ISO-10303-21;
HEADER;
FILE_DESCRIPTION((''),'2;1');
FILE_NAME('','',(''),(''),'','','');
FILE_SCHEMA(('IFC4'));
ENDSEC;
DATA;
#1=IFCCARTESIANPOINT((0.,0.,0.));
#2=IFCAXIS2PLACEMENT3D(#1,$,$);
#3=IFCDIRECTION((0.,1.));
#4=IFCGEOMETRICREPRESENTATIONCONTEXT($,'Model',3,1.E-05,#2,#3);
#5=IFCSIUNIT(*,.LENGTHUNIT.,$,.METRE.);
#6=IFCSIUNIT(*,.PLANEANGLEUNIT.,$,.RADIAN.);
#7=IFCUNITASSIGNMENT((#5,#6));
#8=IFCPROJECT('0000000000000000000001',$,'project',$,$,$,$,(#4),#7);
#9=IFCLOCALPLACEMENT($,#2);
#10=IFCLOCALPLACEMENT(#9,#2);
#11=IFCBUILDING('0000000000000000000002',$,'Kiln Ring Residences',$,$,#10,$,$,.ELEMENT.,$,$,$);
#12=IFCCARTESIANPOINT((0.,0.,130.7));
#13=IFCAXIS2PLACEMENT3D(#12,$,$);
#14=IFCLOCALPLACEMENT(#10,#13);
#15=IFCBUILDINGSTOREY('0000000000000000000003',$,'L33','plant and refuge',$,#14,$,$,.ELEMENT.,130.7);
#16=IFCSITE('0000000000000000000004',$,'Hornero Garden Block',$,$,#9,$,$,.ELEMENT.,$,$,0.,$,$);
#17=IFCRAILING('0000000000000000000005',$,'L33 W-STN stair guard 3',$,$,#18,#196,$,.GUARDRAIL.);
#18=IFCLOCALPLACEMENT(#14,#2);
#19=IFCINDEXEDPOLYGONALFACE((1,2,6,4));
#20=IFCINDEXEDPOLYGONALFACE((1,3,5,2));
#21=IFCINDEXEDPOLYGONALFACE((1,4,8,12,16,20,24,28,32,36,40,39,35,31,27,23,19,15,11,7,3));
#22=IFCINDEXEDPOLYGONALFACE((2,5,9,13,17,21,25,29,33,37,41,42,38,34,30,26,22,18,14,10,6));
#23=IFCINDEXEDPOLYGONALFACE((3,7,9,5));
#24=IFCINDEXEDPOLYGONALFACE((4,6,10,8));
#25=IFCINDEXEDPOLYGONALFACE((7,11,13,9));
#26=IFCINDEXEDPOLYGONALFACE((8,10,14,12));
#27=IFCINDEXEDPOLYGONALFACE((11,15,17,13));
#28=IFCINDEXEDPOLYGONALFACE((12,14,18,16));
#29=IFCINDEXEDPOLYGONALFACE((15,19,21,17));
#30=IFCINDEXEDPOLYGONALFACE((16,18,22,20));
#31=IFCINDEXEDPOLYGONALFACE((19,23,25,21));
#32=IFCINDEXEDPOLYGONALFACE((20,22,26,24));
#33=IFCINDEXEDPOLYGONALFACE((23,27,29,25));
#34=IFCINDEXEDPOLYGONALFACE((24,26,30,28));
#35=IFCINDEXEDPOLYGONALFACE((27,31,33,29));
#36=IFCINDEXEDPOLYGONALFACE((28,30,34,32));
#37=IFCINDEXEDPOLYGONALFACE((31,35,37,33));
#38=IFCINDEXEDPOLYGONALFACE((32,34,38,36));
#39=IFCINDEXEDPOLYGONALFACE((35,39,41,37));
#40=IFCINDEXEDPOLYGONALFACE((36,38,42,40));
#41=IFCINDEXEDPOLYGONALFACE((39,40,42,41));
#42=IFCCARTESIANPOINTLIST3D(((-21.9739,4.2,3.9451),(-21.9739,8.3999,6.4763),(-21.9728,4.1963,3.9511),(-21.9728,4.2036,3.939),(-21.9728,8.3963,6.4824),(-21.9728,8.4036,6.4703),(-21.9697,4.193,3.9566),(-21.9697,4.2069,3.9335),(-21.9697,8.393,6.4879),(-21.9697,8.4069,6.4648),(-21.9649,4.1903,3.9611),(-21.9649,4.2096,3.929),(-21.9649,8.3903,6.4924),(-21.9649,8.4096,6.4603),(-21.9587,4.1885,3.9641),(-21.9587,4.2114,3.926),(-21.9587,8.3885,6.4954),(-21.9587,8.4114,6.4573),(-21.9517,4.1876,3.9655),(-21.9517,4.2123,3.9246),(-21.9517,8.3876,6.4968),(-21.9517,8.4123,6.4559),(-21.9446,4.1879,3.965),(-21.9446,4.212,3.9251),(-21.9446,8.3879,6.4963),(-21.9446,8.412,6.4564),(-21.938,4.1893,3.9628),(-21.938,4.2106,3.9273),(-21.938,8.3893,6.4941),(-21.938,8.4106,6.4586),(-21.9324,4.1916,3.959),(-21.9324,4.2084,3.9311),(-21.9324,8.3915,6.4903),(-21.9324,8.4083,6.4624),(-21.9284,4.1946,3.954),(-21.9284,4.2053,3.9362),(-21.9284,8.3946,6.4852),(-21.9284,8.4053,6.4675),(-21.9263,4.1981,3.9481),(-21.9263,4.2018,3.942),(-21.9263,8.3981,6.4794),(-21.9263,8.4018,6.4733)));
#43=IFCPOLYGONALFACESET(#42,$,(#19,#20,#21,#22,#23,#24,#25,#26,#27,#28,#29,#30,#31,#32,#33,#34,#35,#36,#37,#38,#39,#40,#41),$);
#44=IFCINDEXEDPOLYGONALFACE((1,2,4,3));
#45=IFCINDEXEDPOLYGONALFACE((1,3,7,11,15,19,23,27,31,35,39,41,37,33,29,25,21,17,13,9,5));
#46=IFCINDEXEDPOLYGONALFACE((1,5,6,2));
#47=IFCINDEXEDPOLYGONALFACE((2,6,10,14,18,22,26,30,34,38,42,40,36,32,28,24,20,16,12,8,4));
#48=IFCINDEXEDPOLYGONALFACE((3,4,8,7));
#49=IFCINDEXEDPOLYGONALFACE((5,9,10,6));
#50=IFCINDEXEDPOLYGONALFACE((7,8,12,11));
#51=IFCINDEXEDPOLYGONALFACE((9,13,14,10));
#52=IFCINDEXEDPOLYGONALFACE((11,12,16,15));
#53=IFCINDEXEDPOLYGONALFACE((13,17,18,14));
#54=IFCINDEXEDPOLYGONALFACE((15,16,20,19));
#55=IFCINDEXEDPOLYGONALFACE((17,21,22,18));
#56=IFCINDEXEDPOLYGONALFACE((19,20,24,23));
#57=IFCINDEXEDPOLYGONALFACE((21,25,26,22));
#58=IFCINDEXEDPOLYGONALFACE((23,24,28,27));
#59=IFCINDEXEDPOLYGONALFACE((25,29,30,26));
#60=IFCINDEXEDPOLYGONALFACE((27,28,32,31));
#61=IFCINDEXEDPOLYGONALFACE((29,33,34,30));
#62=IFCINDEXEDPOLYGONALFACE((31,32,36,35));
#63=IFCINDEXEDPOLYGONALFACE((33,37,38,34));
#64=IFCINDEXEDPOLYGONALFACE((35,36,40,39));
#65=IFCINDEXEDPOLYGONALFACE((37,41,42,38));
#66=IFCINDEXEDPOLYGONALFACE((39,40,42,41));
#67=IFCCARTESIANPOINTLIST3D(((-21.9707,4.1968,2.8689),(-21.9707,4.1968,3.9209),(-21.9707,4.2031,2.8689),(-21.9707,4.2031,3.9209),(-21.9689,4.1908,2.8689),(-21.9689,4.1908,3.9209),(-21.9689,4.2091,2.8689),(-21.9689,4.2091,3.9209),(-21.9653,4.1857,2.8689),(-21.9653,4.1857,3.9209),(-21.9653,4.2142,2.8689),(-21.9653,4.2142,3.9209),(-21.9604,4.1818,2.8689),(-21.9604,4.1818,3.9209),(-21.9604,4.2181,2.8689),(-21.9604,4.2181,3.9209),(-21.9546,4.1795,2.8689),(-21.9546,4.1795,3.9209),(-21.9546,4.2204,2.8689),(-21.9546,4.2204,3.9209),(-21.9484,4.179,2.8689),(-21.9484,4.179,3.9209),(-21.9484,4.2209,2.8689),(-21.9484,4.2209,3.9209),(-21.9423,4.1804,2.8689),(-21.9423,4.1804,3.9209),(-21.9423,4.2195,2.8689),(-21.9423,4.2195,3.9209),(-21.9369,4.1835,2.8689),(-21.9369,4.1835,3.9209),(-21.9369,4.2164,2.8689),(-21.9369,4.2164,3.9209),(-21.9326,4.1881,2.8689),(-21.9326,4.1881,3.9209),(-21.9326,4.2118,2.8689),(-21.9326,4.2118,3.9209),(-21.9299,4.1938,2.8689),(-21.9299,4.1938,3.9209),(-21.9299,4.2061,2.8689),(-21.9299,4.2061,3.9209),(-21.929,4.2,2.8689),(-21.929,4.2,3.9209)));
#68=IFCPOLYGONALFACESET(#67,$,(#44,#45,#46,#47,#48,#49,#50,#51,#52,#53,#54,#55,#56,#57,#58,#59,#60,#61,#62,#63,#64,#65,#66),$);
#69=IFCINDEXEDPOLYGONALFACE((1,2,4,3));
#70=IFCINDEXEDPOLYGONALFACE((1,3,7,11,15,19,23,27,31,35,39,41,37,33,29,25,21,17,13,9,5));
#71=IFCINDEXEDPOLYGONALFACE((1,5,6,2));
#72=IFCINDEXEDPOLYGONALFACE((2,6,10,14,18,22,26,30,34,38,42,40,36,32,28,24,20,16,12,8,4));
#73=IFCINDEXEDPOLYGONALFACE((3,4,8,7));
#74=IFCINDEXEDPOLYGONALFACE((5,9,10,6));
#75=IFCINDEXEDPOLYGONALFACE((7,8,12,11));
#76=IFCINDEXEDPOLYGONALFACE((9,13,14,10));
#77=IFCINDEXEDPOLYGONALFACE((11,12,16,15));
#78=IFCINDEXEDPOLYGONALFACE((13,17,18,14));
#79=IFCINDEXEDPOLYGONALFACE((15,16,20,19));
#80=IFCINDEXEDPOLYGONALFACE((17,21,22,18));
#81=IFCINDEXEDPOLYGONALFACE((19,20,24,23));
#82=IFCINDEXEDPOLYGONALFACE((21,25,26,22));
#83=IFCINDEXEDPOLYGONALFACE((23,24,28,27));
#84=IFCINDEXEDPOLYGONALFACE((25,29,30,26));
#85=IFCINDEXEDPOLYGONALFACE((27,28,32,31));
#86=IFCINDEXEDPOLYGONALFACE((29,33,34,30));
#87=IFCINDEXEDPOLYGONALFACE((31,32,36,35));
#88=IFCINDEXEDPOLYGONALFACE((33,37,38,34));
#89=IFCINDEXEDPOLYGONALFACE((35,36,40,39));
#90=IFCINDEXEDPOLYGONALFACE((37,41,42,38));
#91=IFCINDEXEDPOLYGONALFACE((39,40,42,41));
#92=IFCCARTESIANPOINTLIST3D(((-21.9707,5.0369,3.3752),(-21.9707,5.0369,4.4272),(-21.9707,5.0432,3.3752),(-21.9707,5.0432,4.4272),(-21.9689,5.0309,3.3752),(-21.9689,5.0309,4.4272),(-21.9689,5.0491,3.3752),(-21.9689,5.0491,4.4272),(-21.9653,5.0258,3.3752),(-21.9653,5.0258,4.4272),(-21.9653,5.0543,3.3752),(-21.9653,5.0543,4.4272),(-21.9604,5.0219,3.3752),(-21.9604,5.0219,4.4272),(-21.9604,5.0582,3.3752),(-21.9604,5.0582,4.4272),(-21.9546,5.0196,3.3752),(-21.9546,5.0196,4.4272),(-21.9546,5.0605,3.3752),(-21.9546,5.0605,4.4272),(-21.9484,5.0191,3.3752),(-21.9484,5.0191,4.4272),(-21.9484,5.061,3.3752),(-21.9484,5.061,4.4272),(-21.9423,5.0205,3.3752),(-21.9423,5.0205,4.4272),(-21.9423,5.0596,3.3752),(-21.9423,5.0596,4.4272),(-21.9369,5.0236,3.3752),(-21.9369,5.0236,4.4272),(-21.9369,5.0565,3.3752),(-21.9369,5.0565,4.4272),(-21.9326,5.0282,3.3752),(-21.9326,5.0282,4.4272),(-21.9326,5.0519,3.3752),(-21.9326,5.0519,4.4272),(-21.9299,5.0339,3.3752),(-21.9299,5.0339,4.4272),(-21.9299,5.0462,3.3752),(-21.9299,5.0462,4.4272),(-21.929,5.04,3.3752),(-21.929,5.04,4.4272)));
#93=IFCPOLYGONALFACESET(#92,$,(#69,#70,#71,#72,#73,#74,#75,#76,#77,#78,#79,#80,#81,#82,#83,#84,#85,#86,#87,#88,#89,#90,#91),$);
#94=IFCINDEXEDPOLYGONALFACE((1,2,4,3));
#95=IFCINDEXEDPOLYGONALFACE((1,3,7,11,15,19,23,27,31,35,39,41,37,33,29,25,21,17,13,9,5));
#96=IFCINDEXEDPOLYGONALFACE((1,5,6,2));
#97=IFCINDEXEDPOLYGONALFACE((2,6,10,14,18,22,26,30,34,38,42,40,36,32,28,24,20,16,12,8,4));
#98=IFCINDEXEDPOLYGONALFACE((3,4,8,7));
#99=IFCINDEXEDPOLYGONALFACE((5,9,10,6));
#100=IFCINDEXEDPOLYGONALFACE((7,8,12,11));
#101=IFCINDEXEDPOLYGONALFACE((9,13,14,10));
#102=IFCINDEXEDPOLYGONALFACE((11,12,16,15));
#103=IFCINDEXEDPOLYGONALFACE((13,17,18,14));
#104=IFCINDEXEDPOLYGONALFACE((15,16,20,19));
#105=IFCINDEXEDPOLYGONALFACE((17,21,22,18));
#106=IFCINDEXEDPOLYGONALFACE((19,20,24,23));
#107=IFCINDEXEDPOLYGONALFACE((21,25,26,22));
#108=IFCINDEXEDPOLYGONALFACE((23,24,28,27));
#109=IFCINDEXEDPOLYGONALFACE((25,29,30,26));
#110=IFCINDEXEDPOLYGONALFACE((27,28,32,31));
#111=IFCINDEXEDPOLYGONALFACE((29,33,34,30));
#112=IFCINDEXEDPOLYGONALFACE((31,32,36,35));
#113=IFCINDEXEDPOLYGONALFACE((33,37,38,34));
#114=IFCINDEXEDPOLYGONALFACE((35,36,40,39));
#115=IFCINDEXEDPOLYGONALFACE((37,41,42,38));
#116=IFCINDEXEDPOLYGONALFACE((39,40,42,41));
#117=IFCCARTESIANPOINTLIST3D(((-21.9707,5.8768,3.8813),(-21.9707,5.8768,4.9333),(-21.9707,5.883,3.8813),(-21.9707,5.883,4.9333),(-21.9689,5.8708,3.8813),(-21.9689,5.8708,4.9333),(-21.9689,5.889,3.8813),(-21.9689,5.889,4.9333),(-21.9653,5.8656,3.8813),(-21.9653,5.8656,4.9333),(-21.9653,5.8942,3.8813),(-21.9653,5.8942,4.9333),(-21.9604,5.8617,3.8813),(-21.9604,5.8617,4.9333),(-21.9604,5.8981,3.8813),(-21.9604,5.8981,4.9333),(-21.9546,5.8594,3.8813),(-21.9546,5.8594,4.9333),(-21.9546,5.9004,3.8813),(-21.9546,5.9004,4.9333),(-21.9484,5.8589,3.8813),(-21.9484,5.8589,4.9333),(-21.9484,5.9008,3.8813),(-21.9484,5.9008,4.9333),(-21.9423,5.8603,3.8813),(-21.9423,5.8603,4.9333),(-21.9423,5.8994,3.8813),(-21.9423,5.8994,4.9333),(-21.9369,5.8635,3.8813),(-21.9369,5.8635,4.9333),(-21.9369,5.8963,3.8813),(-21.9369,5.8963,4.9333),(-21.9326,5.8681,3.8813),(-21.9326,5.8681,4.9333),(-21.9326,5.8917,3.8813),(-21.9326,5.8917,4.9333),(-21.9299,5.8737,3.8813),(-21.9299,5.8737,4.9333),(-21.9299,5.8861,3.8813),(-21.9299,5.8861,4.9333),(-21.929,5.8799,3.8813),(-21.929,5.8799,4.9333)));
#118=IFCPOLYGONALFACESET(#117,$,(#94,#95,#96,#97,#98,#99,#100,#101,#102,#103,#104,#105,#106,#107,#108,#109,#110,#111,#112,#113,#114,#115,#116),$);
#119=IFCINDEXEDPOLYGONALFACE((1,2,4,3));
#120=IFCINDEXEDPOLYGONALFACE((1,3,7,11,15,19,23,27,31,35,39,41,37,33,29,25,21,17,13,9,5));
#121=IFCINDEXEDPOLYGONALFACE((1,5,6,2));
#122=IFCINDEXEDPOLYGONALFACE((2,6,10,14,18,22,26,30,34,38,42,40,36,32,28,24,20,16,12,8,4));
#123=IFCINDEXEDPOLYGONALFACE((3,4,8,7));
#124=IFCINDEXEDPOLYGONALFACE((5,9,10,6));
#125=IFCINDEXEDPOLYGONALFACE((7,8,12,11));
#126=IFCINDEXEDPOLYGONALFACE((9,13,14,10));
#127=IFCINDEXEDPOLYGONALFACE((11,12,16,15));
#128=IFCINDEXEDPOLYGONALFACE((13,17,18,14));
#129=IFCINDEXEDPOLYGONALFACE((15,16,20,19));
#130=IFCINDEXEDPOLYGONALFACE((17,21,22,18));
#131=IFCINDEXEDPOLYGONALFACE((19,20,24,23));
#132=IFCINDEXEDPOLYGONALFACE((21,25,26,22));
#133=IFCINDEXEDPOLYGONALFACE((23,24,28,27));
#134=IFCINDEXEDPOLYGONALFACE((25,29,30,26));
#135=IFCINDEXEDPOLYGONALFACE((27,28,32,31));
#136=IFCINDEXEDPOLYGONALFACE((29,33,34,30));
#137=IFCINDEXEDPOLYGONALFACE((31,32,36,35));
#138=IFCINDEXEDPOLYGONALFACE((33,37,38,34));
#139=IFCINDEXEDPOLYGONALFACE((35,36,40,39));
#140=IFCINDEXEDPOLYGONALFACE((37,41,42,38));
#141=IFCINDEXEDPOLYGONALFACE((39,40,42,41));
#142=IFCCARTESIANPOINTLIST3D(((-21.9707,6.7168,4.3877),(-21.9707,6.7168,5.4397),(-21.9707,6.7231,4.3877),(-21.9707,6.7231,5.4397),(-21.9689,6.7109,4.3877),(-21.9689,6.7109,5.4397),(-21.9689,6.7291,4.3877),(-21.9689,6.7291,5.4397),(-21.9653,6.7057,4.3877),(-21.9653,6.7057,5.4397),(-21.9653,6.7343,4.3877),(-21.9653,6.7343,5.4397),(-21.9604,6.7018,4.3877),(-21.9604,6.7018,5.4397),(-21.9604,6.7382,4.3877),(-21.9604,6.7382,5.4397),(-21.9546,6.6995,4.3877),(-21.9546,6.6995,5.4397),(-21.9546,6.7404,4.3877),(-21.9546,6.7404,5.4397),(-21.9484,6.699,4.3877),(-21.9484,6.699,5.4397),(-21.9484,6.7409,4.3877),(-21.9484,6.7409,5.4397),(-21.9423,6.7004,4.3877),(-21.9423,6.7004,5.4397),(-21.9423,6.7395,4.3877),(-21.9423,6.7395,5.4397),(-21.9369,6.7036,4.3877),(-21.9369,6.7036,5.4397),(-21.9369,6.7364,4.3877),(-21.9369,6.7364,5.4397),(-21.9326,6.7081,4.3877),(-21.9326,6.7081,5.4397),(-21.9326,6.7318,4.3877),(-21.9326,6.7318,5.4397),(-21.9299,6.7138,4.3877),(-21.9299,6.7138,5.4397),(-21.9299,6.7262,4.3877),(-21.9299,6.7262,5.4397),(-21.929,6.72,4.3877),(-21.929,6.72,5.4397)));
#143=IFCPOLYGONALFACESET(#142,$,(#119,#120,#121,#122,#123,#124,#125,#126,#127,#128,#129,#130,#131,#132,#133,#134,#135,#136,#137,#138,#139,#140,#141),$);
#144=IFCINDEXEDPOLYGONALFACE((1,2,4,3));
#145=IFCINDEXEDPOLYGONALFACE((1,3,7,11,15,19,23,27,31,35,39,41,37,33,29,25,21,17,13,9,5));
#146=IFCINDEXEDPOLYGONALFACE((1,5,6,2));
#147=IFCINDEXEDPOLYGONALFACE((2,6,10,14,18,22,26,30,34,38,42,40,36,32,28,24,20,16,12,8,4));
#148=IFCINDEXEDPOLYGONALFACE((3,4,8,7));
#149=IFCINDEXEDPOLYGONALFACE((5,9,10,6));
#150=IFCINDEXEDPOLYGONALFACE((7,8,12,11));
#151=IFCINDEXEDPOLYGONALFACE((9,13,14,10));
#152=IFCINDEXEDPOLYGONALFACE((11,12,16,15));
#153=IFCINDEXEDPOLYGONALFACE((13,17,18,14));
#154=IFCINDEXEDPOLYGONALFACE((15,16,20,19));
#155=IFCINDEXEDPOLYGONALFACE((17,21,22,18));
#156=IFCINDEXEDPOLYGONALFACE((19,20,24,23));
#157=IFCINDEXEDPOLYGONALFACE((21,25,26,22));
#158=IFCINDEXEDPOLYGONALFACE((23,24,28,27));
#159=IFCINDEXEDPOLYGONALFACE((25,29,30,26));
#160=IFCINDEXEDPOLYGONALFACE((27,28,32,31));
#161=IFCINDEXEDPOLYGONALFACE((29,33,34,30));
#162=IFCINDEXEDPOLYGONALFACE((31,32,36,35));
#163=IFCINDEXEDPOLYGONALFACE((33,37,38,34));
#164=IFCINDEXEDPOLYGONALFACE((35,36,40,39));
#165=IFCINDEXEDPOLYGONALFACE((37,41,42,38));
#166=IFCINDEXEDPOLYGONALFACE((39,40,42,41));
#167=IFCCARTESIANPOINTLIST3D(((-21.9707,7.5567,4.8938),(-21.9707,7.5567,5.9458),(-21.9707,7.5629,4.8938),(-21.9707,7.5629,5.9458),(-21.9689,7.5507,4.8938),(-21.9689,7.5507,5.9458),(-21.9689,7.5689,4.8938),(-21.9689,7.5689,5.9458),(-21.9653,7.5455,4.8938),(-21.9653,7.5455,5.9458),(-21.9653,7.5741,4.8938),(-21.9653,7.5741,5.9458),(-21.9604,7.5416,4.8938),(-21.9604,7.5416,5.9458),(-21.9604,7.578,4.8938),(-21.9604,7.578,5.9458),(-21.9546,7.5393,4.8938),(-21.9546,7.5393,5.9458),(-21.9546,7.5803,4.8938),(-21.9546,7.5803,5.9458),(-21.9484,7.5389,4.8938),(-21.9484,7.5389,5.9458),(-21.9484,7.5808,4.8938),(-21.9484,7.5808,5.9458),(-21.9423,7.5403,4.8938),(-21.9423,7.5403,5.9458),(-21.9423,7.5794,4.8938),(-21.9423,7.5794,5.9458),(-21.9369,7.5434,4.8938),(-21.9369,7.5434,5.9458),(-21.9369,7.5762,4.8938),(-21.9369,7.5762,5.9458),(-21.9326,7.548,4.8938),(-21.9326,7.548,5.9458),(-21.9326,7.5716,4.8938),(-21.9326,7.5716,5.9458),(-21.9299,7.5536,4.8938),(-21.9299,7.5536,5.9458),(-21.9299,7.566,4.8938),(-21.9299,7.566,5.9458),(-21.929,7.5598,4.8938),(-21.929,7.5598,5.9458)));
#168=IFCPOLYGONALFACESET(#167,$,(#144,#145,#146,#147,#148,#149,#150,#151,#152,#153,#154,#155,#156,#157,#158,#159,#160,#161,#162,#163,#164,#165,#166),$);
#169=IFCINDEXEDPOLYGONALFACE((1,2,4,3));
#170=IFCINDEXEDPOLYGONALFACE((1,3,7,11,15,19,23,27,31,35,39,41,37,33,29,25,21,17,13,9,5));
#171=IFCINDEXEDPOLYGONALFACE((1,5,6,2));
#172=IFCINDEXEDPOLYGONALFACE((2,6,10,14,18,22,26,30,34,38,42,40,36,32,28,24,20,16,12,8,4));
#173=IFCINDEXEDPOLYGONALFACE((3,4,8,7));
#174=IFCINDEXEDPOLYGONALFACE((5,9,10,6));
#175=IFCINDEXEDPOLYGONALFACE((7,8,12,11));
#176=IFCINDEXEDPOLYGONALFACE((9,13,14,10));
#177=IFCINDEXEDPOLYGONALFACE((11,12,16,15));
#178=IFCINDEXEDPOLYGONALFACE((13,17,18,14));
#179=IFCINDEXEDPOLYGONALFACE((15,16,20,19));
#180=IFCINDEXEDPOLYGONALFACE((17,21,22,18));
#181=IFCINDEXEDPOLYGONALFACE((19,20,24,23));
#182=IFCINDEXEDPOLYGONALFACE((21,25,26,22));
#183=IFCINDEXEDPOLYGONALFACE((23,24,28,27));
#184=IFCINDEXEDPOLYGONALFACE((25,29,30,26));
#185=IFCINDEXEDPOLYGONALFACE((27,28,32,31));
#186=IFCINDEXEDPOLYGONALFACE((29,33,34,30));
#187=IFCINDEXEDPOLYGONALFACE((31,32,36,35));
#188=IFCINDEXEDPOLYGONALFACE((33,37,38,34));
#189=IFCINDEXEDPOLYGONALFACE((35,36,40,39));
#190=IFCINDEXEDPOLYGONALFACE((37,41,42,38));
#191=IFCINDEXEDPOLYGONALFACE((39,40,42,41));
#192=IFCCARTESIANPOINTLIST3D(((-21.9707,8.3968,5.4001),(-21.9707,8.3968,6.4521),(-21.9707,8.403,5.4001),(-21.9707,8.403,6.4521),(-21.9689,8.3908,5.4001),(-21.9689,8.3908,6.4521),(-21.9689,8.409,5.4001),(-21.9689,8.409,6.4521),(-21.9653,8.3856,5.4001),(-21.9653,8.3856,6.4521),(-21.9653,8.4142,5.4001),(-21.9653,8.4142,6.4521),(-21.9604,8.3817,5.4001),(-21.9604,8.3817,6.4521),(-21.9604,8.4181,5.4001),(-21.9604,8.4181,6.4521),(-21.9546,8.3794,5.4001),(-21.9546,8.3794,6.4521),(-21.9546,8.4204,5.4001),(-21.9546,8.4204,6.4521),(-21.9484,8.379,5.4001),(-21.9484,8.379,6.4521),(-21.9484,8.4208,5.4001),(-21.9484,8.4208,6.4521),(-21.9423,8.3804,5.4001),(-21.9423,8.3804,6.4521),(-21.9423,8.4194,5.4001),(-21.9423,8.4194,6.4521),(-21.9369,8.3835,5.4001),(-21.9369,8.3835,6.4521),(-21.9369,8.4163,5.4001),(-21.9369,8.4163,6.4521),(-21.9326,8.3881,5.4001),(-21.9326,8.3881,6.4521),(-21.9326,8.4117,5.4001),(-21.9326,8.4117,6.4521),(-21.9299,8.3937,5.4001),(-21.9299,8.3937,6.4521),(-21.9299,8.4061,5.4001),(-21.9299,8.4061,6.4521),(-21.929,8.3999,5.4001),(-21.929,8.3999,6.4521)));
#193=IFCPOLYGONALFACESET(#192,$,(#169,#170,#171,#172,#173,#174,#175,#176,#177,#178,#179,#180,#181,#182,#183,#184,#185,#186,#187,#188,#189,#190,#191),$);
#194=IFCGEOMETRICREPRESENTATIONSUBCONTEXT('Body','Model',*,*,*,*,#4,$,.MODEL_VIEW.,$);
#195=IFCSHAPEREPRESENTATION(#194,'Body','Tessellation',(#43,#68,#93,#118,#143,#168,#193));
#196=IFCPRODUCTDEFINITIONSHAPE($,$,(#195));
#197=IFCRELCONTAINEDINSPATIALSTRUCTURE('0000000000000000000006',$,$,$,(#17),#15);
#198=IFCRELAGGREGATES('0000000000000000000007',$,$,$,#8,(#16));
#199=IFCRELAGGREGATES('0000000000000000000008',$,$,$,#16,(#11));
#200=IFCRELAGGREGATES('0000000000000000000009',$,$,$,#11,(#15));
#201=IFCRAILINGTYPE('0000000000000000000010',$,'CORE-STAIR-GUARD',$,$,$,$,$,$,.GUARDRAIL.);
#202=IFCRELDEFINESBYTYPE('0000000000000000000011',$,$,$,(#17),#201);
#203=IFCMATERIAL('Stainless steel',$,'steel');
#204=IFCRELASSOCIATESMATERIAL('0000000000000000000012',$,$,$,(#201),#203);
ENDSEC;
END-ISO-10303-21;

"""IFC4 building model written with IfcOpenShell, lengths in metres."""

from ifc_helpers import new_model, si_unit, direction, frame, origin, origin_2d, place, context, subcontext, project, spatial, circle, extrude, material, type_object, element, save


model = new_model("IFC4")

# Units and contexts
model_context = context("Model", 3, precision=1e-05, world=origin(), true_north=direction((0.0, 1.0)))
body_context = subcontext(model_context, "Body", "Model", "MODEL_VIEW")
ifc_project = project(units=[si_unit("LENGTHUNIT", "METRE"), si_unit("PLANEANGLEUNIT", "RADIAN")], contexts=[model_context])

# Site, building, storey
site_placement = place(None, origin())
site = spatial("IfcSite", under=ifc_project, at=site_placement, Name="Hornero Garden Block", CompositionType="ELEMENT", RefElevation=0.0)
building_placement = place(site_placement, origin())
building = spatial("IfcBuilding", under=site, at=building_placement, Name="Kiln Ring Residences", CompositionType="ELEMENT")
storey_placement = place(building_placement, frame((0.0, 0.0, 130.7)))
storey = spatial("IfcBuildingStorey", under=building, at=storey_placement, Name="L33", Description="plant and refuge", CompositionType="ELEMENT", Elevation=130.7)

# Railing
ifc_material_1 = material(Name="Stainless steel", Category="steel")
railing_type_1 = type_object("IfcRailingType", Name="CORE-STAIR-GUARD", PredefinedType="GUARDRAIL", material=ifc_material_1)
railing_1_placement = place(storey_placement, frame((-21.95, 4.2, 2.8689)))
element("IfcRailing", 1, at=railing_1_placement, inside=storey, type_object=railing_type_1, Name="L33 W-STN stair guard 3", PredefinedType="GUARDRAIL", context=body_context, shape_type="SweptSolid", body=[
    extrude(circle(Radius=0.0239, at=origin_2d()), frame((0.0, 0.0, 1.0762), z_axis=(0.0, 0.856476, 0.516186), x_axis=(-1.0, 0.0, 0.0)), (0.0, 0.0, 1.0), 4.9038),
    extrude(circle(Radius=0.021, at=origin_2d()), origin(), (0.0, 0.0, 1.0), 1.052),
    extrude(circle(Radius=0.021, at=origin_2d()), frame((0.0, 0.8401, 0.5063)), (0.0, 0.0, 1.0), 1.052),
    extrude(circle(Radius=0.021, at=origin_2d()), frame((0.0, 1.6799, 1.0125)), (0.0, 0.0, 1.0), 1.052),
    extrude(circle(Radius=0.021, at=origin_2d()), frame((0.0, 2.52, 1.5188)), (0.0, 0.0, 1.0), 1.052),
    extrude(circle(Radius=0.021, at=origin_2d()), frame((0.0, 3.3599, 2.0249)), (0.0, 0.0, 1.0), 1.052),
    extrude(circle(Radius=0.021, at=origin_2d()), frame((0.0, 4.2, 2.5312)), (0.0, 0.0, 1.0), 1.052),
])

save(model, "model.ifc")
